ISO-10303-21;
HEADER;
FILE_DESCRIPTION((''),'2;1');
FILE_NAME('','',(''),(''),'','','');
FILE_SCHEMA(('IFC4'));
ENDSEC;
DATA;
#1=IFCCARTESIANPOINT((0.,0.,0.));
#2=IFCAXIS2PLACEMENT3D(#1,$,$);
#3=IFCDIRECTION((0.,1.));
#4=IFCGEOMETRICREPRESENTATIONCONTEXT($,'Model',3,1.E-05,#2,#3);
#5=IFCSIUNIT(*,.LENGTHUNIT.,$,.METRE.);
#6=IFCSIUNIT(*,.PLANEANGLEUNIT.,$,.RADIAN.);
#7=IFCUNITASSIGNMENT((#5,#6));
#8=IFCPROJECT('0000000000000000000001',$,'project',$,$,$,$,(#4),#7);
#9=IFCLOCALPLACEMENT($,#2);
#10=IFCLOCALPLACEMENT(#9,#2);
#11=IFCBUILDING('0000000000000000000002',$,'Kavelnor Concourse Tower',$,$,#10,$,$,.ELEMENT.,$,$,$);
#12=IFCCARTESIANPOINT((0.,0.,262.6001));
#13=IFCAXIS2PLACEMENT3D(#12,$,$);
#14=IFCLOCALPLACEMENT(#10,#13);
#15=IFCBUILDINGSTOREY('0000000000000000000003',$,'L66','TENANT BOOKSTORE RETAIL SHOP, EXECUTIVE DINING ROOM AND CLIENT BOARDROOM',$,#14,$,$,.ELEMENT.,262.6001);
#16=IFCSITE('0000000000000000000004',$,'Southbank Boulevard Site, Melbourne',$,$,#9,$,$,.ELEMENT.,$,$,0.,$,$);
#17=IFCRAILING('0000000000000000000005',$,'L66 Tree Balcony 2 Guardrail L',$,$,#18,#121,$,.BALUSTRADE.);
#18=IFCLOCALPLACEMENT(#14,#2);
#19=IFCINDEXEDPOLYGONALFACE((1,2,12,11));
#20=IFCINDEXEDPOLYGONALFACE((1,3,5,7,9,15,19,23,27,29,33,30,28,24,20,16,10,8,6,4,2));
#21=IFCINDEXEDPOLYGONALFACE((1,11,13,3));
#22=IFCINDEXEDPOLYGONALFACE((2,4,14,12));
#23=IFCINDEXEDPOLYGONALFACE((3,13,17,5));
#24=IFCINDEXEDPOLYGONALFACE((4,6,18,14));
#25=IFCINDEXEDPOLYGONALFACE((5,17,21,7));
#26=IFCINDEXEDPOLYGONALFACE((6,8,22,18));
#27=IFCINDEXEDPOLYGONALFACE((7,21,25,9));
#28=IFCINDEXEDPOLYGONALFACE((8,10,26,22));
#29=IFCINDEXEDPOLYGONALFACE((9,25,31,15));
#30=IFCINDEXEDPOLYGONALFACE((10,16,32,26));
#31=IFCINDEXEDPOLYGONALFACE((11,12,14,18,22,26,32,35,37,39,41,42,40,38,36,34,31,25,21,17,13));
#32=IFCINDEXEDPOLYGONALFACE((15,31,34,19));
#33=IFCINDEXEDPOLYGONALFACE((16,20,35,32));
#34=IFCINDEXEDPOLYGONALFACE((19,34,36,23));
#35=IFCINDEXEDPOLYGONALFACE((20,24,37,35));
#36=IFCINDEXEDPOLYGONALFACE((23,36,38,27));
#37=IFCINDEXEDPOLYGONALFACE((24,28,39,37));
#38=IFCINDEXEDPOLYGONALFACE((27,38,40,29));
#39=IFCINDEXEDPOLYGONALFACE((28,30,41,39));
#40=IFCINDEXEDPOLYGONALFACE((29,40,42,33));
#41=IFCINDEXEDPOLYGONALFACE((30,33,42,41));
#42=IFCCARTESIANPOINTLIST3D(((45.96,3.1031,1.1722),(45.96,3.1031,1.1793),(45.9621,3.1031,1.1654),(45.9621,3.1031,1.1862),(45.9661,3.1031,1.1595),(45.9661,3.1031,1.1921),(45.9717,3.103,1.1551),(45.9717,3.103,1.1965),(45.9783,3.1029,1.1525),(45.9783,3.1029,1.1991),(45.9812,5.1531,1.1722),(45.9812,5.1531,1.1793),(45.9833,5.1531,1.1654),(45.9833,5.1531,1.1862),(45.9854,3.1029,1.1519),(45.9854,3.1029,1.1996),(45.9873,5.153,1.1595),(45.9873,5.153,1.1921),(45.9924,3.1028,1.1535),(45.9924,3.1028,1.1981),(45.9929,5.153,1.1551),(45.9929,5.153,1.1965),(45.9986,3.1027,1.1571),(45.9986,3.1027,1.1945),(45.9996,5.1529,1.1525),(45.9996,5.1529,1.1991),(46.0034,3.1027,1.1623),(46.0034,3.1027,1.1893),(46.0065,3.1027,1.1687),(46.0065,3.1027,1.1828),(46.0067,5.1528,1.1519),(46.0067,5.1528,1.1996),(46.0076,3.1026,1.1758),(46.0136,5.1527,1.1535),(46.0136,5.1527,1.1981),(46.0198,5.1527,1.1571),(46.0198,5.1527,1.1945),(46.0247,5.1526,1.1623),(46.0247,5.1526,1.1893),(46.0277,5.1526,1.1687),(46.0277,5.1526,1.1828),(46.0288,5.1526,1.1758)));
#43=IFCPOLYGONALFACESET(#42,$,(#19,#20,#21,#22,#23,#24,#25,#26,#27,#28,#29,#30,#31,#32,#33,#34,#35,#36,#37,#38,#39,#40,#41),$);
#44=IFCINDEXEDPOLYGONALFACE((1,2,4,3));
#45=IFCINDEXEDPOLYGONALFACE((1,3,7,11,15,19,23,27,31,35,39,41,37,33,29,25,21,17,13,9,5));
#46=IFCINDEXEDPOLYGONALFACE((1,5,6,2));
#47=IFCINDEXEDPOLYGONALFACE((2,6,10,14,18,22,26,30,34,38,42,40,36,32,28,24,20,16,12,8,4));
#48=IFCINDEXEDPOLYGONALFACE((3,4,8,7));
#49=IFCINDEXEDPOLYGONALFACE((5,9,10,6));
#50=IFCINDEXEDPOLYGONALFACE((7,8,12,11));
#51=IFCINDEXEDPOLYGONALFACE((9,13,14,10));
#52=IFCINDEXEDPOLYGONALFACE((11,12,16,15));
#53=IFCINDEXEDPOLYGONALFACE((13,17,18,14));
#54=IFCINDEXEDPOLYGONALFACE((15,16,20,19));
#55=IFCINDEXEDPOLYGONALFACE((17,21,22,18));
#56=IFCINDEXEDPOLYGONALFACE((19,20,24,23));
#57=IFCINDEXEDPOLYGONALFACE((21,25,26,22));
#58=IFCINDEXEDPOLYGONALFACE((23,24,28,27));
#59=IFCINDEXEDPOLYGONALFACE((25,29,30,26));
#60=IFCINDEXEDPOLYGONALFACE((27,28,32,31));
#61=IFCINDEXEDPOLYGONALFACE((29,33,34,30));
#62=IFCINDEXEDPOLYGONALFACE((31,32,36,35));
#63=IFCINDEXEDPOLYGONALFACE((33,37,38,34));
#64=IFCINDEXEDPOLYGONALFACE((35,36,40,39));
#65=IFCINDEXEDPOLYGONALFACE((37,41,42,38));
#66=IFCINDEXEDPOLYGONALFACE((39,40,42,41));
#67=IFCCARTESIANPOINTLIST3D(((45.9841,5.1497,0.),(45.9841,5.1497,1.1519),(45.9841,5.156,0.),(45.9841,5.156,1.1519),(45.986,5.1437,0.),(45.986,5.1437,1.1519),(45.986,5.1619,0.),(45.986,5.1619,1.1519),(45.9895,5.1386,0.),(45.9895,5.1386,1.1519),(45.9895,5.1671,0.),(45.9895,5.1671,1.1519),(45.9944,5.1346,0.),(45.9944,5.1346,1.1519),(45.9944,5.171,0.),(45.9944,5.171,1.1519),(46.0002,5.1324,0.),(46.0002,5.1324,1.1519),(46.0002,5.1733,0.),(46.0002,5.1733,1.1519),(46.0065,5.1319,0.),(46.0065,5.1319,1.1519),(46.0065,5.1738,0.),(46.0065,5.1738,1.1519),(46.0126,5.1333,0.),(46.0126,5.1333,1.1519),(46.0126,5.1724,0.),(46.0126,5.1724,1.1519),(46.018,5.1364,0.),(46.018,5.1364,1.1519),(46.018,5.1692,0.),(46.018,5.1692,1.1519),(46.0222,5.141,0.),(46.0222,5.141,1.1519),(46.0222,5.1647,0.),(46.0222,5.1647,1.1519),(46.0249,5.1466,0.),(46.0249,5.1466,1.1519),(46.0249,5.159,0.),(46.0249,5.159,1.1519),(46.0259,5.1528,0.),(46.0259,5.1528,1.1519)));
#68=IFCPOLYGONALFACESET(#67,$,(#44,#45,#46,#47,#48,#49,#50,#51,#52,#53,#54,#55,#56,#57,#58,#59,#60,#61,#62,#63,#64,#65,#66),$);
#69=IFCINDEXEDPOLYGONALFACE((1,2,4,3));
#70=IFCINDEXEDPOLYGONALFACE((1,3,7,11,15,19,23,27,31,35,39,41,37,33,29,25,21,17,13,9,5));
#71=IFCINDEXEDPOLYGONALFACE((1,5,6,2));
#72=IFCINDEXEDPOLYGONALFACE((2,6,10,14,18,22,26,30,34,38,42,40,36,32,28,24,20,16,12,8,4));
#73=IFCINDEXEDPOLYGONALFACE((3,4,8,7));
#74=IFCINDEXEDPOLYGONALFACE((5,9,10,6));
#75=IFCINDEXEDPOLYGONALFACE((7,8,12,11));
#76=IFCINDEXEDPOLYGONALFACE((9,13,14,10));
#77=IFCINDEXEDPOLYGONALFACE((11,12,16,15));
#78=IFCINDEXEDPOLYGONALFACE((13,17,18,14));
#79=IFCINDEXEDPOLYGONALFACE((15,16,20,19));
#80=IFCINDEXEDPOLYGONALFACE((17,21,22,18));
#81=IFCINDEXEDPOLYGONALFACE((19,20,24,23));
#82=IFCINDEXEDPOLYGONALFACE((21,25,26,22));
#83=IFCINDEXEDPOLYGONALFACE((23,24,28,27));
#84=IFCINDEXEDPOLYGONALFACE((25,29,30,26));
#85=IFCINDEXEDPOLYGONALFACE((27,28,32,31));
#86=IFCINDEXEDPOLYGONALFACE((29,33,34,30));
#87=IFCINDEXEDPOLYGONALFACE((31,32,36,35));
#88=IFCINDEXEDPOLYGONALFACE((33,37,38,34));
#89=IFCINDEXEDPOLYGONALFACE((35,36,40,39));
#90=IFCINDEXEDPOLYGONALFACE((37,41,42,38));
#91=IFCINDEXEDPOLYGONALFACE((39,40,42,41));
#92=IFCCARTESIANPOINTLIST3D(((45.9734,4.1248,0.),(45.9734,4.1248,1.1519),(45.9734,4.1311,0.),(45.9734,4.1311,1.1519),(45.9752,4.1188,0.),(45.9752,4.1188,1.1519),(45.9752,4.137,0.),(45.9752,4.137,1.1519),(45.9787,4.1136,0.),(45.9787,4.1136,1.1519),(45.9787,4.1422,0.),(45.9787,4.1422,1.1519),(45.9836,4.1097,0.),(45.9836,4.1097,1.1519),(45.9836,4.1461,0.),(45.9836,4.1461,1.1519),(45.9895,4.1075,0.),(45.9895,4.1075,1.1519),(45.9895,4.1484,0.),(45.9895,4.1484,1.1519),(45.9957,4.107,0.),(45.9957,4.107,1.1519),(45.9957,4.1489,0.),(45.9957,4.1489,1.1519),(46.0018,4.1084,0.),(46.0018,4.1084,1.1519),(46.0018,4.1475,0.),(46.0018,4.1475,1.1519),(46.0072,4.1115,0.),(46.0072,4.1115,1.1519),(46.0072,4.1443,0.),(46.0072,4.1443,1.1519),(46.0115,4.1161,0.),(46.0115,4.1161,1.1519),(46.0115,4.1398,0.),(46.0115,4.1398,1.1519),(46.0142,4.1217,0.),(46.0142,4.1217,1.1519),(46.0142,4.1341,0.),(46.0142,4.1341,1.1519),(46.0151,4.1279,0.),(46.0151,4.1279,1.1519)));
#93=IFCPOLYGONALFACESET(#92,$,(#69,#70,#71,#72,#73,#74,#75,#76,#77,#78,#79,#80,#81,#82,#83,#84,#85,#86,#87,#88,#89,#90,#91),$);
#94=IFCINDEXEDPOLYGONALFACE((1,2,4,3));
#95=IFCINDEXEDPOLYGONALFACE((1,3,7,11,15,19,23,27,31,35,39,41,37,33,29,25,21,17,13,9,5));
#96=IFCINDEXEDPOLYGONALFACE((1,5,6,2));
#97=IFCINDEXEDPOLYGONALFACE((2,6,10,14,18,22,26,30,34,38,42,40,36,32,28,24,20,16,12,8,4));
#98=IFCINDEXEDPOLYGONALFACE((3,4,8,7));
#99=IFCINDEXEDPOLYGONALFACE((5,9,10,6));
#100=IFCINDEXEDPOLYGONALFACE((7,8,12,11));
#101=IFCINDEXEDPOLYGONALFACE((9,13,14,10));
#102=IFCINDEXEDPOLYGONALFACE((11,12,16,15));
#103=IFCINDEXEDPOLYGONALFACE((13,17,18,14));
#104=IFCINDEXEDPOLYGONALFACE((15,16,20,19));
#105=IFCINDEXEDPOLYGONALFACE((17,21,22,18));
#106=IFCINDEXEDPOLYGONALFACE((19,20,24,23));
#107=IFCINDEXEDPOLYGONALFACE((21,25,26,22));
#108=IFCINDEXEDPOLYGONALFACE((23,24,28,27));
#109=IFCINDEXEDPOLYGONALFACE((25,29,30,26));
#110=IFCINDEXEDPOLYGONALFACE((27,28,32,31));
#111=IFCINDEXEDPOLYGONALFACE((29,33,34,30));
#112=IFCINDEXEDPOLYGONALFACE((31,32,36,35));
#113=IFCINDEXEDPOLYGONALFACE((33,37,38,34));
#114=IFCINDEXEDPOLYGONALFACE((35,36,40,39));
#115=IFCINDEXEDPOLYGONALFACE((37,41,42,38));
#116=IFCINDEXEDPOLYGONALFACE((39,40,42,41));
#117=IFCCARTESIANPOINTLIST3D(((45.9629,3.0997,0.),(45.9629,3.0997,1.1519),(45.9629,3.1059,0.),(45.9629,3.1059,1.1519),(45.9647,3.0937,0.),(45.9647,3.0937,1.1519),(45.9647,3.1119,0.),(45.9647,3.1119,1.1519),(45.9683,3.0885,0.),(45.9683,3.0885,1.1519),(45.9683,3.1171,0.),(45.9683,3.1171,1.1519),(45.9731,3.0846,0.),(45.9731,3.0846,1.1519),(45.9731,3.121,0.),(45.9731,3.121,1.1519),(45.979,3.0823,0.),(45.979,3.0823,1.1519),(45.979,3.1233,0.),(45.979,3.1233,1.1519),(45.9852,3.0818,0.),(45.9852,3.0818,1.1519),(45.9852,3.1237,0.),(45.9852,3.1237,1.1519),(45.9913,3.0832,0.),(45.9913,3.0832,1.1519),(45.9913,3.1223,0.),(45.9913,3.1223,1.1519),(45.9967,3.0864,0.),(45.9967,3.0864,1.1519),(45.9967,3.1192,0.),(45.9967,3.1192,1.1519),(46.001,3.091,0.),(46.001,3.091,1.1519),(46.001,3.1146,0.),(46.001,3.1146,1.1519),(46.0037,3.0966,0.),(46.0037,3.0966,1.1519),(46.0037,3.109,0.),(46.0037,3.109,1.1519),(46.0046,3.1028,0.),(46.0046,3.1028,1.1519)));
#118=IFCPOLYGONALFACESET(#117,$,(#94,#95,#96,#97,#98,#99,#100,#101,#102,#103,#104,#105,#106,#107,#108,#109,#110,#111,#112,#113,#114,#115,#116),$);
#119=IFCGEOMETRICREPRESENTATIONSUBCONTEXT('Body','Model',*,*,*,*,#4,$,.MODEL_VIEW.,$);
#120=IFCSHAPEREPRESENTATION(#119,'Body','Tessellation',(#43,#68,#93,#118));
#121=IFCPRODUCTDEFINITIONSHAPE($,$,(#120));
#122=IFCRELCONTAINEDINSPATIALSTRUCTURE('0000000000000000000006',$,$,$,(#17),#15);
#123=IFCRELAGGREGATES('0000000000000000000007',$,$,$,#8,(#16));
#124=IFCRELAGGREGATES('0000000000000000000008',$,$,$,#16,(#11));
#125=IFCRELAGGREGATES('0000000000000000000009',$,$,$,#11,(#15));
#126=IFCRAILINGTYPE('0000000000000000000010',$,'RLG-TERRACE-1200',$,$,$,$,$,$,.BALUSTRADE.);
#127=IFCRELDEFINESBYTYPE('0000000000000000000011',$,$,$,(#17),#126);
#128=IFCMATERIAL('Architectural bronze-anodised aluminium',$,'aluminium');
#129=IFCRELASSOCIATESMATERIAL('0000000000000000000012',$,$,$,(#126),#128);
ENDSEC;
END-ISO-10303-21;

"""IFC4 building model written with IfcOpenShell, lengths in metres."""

from ifc_helpers import new_model, si_unit, direction, frame, origin, origin_2d, place, context, subcontext, project, spatial, circle, extrude, material, type_object, element, save


model = new_model("IFC4")

# Units and contexts
model_context = context("Model", 3, precision=1e-05, world=origin(), true_north=direction((0.0, 1.0)))
body_context = subcontext(model_context, "Body", "Model", "MODEL_VIEW")
ifc_project = project(units=[si_unit("LENGTHUNIT", "METRE"), si_unit("PLANEANGLEUNIT", "RADIAN")], contexts=[model_context])

# Site, building, storey
site_placement = place(None, origin())
site = spatial("IfcSite", under=ifc_project, at=site_placement, Name="Southbank Boulevard Site, Melbourne", CompositionType="ELEMENT", RefElevation=0.0)
building_placement = place(site_placement, origin())
building = spatial("IfcBuilding", under=site, at=building_placement, Name="Kavelnor Concourse Tower", CompositionType="ELEMENT")
storey_placement = place(building_placement, frame((0.0, 0.0, 262.6001)))
storey = spatial("IfcBuildingStorey", under=building, at=storey_placement, Name="L66", Description="TENANT BOOKSTORE RETAIL SHOP, EXECUTIVE DINING ROOM AND CLIENT BOARDROOM", CompositionType="ELEMENT", Elevation=262.6001)

# Railing
ifc_material_1 = material(Name="Architectural bronze-anodised aluminium", Category="aluminium")
railing_type_1 = type_object("IfcRailingType", Name="RLG-TERRACE-1200", PredefinedType="BALUSTRADE", material=ifc_material_1)
railing_1_placement = place(storey_placement, frame((46.0049, 5.1528, 0.0)))
element("IfcRailing", 1, at=railing_1_placement, inside=storey, type_object=railing_type_1, Name="L66 Tree Balcony 2 Guardrail L", PredefinedType="BALUSTRADE", context=body_context, shape_type="SweptSolid", body=[
    extrude(circle(Radius=0.0239, at=origin_2d()), frame((0.0, 0.0, 1.1758), z_axis=(-0.01036, -0.999946, 0.0), x_axis=(0.999946, -0.01036, 0.0)), (0.0, 0.0, 1.0), 2.05),
    extrude(circle(Radius=0.021, at=origin_2d()), origin(), (0.0, 0.0, 1.0), 1.1519),
    extrude(circle(Radius=0.021, at=origin_2d()), frame((-0.0107, -1.0249, 0.0)), (0.0, 0.0, 1.0), 1.1519),
    extrude(circle(Radius=0.021, at=origin_2d()), frame((-0.0212, -2.05, 0.0)), (0.0, 0.0, 1.0), 1.1519),
])

save(model, "model.ifc")
